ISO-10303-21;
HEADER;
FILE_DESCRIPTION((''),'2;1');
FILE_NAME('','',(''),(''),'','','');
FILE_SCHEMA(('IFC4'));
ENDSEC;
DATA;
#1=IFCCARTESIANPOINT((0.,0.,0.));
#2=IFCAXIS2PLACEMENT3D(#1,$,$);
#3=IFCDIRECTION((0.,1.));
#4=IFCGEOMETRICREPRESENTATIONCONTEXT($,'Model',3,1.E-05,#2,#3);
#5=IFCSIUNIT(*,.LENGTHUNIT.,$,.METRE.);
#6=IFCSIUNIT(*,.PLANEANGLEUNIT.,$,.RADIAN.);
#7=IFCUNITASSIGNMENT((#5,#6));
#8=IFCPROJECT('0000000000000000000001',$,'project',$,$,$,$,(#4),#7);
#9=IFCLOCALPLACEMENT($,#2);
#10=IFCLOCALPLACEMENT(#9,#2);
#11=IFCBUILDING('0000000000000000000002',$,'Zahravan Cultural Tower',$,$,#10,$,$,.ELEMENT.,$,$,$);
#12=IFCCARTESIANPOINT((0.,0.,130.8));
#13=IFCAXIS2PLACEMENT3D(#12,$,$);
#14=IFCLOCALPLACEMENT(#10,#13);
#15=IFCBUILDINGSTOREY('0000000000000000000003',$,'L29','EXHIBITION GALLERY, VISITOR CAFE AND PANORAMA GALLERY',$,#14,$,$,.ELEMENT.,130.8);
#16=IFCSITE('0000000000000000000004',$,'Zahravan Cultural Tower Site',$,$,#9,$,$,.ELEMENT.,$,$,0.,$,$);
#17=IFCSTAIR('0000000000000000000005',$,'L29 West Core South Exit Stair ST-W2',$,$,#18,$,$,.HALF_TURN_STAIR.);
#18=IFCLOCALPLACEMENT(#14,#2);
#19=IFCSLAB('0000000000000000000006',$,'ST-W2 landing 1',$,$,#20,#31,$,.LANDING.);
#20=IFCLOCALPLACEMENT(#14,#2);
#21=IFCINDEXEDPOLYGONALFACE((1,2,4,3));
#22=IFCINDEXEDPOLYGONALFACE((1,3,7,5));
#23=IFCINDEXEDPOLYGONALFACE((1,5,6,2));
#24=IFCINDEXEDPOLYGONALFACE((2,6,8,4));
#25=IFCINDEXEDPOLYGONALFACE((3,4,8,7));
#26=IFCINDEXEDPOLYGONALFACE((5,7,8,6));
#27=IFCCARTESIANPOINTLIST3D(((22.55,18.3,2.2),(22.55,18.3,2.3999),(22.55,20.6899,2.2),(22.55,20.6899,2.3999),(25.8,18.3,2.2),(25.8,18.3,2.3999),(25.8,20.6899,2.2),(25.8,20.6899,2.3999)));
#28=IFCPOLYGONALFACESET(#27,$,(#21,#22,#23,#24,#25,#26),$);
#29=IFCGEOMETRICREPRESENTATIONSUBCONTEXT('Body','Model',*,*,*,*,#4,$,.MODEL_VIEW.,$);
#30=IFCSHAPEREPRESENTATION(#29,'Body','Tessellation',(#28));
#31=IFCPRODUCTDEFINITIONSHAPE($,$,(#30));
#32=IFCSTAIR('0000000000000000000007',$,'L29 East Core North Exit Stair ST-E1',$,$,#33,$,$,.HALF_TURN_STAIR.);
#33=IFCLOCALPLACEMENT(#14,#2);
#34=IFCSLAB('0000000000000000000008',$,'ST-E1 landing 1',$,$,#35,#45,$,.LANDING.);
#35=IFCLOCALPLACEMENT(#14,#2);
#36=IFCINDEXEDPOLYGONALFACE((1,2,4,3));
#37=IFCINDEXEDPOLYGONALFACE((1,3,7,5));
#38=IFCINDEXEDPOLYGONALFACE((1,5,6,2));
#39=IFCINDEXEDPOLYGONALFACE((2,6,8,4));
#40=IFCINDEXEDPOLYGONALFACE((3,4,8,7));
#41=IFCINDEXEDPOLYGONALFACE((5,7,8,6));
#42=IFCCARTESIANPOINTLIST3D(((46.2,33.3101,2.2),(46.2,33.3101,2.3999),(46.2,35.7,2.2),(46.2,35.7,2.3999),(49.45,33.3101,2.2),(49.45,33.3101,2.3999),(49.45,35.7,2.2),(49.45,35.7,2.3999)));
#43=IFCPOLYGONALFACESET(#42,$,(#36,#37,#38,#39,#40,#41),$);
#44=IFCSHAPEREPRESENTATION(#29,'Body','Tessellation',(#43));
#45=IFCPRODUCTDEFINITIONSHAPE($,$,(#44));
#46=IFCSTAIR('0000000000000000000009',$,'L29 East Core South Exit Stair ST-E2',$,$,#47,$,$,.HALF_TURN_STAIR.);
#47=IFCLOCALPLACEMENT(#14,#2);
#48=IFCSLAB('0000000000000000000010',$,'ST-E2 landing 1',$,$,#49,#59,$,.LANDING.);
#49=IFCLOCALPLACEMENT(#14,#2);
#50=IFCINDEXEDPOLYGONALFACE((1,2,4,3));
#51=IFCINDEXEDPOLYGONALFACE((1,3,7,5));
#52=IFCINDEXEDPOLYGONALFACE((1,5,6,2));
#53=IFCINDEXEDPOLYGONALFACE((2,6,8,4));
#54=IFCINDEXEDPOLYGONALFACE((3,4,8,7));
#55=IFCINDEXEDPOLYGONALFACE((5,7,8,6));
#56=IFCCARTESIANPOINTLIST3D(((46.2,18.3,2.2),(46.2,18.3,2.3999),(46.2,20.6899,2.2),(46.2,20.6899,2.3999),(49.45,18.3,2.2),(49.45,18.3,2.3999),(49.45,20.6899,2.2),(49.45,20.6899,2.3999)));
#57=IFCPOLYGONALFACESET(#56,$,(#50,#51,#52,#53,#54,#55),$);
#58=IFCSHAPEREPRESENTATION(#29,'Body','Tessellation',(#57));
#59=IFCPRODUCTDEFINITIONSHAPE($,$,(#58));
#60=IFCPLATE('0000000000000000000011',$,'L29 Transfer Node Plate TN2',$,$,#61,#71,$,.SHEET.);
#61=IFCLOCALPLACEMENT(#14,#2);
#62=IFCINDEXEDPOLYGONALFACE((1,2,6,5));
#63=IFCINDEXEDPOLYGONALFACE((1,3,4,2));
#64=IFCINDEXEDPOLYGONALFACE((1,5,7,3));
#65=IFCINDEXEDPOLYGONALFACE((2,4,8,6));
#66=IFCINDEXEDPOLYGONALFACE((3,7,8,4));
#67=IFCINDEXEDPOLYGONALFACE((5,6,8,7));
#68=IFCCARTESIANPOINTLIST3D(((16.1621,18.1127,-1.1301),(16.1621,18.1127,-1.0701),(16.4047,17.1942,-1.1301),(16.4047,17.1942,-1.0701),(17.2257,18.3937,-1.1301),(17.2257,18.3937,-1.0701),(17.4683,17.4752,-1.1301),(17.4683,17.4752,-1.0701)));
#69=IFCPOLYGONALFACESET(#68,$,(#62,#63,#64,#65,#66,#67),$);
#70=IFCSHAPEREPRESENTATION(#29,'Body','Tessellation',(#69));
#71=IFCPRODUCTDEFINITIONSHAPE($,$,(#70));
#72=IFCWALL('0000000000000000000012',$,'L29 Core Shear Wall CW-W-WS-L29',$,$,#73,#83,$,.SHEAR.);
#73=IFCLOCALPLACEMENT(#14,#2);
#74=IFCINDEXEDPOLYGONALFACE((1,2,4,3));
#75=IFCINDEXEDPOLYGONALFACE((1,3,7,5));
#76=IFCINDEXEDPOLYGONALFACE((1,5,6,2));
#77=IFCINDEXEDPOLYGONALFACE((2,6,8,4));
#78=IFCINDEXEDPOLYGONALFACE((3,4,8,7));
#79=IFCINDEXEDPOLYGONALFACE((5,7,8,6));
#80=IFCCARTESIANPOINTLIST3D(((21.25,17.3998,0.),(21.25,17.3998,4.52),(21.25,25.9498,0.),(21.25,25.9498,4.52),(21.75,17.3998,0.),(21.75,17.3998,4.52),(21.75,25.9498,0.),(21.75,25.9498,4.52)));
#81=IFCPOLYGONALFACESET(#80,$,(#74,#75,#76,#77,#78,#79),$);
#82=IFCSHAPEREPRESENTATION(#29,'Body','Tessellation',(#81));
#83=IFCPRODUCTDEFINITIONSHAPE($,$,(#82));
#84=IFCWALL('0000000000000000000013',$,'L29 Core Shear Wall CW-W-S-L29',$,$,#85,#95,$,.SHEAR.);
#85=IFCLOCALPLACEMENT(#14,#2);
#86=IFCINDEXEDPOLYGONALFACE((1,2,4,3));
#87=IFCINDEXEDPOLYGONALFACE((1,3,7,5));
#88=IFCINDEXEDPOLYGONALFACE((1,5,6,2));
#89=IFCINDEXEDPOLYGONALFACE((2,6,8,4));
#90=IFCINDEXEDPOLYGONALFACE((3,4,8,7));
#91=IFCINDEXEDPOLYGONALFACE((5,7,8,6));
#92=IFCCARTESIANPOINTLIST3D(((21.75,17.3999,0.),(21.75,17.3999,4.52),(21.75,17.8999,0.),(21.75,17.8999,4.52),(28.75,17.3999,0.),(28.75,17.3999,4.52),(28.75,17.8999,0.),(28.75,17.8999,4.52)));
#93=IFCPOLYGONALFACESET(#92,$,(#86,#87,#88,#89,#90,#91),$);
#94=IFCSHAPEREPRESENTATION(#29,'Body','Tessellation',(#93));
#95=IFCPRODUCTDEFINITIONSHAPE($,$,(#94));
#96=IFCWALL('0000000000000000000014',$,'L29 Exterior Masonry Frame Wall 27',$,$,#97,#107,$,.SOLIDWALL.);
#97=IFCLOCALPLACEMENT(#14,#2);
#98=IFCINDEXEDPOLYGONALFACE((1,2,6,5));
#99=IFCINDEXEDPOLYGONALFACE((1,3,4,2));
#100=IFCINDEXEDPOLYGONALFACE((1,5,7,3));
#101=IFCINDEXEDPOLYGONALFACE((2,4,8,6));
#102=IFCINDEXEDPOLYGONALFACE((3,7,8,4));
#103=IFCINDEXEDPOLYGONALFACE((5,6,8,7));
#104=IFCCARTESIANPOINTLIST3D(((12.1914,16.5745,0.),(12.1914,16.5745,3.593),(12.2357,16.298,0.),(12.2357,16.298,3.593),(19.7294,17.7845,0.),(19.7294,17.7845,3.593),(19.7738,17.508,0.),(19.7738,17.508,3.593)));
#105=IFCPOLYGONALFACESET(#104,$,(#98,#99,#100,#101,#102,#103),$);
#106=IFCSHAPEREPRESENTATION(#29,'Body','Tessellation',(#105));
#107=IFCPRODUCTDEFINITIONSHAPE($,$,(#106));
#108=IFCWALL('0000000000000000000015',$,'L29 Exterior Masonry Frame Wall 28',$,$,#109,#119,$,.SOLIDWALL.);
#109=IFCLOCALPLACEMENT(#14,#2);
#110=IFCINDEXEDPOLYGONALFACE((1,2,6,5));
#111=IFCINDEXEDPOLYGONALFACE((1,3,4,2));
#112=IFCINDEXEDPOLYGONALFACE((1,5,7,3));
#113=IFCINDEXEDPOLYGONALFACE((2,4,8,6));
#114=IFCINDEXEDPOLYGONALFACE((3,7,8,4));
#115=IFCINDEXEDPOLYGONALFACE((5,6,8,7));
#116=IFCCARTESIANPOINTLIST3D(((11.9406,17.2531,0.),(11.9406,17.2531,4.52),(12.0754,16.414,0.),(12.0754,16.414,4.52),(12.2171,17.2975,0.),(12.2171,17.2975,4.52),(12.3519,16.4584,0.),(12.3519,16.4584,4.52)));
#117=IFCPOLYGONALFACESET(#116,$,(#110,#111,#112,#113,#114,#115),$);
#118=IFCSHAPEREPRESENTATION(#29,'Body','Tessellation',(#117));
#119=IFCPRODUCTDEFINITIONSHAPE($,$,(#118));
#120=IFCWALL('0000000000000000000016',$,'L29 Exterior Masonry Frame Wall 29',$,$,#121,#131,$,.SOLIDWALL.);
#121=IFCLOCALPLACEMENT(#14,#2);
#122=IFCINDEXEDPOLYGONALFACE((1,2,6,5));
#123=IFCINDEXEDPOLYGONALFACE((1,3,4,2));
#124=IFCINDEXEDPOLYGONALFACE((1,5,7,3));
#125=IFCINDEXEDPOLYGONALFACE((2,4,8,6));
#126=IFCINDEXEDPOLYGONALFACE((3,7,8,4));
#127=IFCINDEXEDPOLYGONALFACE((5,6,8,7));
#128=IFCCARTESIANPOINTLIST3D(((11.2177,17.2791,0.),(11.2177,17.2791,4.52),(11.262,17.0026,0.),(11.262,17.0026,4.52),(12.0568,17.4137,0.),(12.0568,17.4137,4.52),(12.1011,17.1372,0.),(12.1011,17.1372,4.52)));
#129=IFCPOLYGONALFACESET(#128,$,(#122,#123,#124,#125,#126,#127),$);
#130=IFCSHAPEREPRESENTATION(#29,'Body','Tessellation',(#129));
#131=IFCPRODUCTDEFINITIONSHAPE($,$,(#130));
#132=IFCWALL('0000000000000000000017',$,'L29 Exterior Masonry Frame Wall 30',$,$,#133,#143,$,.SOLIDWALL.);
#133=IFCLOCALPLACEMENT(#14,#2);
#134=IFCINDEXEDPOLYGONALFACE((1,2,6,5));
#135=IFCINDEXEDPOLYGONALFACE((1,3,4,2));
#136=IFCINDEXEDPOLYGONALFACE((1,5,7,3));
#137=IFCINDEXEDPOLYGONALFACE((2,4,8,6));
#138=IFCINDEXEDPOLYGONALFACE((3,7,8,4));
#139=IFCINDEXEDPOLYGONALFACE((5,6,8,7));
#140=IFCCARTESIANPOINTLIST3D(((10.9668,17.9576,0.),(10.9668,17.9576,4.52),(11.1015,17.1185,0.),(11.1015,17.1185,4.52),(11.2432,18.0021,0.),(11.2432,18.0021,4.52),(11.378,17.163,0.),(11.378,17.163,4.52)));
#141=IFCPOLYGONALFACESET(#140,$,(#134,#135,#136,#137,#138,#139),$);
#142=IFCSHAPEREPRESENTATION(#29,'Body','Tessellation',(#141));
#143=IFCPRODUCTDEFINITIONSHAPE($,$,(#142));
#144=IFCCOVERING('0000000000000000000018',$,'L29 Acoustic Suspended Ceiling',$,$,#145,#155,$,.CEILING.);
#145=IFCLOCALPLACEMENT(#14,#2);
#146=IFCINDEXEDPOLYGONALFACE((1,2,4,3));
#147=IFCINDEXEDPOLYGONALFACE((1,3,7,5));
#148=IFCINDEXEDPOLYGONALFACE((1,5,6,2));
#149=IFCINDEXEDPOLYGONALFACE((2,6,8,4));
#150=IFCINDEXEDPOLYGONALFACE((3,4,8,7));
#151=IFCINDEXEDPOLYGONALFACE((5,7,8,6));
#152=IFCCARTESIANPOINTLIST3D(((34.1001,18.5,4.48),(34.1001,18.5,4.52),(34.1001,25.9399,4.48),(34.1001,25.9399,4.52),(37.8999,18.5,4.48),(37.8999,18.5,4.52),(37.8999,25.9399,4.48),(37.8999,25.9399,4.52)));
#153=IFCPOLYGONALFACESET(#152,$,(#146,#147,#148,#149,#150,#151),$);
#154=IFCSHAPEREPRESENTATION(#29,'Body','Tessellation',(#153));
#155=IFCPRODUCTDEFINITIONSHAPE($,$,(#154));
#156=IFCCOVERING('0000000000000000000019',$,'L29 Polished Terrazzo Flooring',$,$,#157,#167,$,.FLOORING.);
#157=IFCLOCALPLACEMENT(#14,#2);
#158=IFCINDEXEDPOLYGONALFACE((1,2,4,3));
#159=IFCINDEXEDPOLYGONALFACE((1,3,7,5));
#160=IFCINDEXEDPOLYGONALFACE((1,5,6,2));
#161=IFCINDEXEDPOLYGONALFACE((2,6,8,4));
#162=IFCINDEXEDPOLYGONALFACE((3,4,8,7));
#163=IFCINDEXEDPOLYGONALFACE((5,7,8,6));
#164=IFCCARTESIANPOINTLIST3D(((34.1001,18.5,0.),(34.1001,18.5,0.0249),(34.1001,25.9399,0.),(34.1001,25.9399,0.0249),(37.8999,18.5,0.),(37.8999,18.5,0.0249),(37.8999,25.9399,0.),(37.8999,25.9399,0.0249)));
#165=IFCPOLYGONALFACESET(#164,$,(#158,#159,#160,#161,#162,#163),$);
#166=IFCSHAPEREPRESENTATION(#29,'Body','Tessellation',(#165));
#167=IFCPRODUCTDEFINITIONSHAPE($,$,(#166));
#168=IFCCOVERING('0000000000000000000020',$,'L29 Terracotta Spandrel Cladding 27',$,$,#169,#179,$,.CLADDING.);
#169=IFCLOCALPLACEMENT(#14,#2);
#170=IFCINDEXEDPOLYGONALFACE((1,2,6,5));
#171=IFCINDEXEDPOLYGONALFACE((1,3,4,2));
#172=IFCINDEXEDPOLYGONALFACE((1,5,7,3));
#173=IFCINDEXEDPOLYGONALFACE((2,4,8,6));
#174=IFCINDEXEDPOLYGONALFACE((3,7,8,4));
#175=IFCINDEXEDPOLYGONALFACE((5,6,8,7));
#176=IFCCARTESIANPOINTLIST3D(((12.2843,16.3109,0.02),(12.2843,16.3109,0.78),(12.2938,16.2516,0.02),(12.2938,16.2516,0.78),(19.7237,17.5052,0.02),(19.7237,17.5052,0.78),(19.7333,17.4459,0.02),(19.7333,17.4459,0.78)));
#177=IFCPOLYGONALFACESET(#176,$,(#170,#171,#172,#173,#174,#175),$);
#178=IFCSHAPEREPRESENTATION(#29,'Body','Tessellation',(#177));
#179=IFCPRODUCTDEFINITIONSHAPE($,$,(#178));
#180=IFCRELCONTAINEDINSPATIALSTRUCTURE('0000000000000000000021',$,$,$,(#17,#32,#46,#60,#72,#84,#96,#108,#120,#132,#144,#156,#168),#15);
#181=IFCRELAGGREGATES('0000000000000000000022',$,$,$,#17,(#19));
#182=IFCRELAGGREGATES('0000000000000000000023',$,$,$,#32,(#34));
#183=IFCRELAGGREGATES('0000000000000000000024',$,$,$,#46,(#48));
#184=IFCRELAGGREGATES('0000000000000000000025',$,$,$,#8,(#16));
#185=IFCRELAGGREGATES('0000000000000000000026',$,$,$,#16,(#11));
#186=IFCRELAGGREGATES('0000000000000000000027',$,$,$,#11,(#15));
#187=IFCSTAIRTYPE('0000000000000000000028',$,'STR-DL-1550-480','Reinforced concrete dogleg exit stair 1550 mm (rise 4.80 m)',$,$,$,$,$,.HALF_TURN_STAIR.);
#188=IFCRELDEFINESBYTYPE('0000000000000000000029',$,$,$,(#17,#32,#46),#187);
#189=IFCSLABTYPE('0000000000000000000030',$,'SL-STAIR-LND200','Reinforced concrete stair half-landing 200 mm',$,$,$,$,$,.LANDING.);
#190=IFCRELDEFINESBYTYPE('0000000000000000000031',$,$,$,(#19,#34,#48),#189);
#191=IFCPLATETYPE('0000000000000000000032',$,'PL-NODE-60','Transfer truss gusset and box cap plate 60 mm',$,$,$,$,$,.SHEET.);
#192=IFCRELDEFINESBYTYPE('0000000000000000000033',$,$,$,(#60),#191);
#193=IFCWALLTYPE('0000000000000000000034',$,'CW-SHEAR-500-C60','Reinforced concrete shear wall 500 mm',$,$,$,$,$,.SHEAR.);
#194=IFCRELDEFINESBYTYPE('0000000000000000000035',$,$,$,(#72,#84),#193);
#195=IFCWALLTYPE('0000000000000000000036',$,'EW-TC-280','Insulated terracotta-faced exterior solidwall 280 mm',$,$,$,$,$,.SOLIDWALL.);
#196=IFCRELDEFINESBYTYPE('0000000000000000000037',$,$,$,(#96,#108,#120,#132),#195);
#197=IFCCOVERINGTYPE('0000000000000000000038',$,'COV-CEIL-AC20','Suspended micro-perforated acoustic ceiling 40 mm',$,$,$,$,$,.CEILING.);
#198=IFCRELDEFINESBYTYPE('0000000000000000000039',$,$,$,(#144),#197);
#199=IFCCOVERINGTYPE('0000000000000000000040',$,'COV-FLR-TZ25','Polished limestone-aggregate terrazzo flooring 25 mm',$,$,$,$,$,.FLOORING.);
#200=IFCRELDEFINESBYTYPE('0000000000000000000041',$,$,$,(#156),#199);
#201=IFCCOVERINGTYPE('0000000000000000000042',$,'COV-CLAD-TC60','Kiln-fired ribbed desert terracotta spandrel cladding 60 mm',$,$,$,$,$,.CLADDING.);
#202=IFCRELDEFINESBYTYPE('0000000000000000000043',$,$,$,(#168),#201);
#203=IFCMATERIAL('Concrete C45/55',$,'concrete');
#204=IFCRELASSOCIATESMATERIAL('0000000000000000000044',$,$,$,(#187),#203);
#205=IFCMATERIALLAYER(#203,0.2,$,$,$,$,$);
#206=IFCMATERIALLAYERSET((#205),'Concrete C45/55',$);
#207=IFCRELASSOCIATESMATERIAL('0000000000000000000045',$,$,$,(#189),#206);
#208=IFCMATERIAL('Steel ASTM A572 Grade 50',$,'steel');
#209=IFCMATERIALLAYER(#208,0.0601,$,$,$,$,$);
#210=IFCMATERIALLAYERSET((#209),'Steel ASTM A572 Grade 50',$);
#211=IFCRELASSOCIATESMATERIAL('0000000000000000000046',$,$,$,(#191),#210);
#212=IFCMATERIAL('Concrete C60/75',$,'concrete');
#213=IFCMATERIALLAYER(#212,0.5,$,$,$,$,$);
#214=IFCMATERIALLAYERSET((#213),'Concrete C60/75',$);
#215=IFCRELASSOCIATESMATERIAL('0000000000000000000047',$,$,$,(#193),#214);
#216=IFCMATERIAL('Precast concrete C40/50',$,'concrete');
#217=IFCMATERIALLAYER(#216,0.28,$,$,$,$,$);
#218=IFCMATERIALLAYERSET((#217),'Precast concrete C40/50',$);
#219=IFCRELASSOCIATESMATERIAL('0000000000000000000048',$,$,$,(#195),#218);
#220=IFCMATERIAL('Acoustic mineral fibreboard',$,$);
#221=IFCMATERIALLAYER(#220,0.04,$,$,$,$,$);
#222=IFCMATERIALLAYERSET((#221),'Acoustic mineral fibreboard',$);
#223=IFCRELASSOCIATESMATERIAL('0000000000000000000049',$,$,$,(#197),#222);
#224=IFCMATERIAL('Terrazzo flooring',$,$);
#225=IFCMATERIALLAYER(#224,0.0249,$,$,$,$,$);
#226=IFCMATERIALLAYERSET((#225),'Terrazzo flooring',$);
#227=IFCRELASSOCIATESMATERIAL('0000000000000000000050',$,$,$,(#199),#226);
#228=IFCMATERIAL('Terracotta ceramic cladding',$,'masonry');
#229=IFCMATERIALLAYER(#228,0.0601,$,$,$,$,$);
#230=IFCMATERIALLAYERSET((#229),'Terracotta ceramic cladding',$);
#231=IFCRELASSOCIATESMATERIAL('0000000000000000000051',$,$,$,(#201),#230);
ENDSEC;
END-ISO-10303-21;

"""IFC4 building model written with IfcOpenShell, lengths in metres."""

from ifc_helpers import new_model, si_unit, direction, frame, frame_2d, origin, origin_2d, place, context, subcontext, project, spatial, polyline, rectangle, outline, extrude, source, transform, mapped, material, layer, layer_set, type_object, element, aggregate, save


model = new_model("IFC4")

# Units and contexts
model_context = context("Model", 3, precision=1e-05, world=origin(), true_north=direction((0.0, 1.0)))
body_context = subcontext(model_context, "Body", "Model", "MODEL_VIEW")
ifc_project = project(units=[si_unit("LENGTHUNIT", "METRE"), si_unit("PLANEANGLEUNIT", "RADIAN")], contexts=[model_context])

# Site, building, storey
site_placement = place(None, origin())
site = spatial("IfcSite", under=ifc_project, at=site_placement, Name="Zahravan Cultural Tower Site", CompositionType="ELEMENT", RefElevation=0.0)
building_placement = place(site_placement, origin())
building = spatial("IfcBuilding", under=site, at=building_placement, Name="Zahravan Cultural Tower", CompositionType="ELEMENT")
storey_placement = place(building_placement, frame((0.0, 0.0, 130.8)))
storey = spatial("IfcBuildingStorey", under=building, at=storey_placement, Name="L29", Description="EXHIBITION GALLERY, VISITOR CAFE AND PANORAMA GALLERY", CompositionType="ELEMENT", Elevation=130.8)

# Shared definitions
ifc_material_1 = material(Name="Steel ASTM A572 Grade 50", Category="steel")

# Shared definitions
ifc_material_2 = material(Name="Concrete C45/55", Category="concrete")

# Stairs, slabs
stair_type = type_object("IfcStairType", Name="STR-DL-1550-480", Description="Reinforced concrete dogleg exit stair 1550 mm (rise 4.80 m)", PredefinedType="HALF_TURN_STAIR", material=ifc_material_2)
ifc_layer_1 = layer(ifc_material_2, 0.2)
ifc_layer_set_1 = layer_set([ifc_layer_1], Name="Concrete C45/55")
slab_type_1 = type_object("IfcSlabType", Name="SL-STAIR-LND200", Description="Reinforced concrete stair half-landing 200 mm", PredefinedType="LANDING", material=ifc_layer_set_1)
stair_1_placement = place(storey_placement, origin())
stair_1 = element("IfcStair", 1, at=stair_1_placement, inside=storey, type_object=stair_type, Name="L29 West Core South Exit Stair ST-W2", PredefinedType="HALF_TURN_STAIR")
slab_1_placement = place(storey_placement, frame((0.0, 0.0, 2.2)))
slab_1 = element("IfcSlab", 2, at=slab_1_placement, type_object=slab_type_1, Name="ST-W2 landing 1", PredefinedType="LANDING", context=body_context, shape_type="SweptSolid", body=[
    extrude(outline(polyline([(22.55, 20.6899), (22.55, 18.3), (25.8, 18.3), (25.8, 20.6899), (22.55, 20.6899)])), origin(), (0.0, 0.0, 1.0), 0.2),
])
aggregate(stair_1, [slab_1])
stair_2_placement = place(storey_placement, origin())
stair_2 = element("IfcStair", 3, at=stair_2_placement, inside=storey, type_object=stair_type, Name="L29 East Core North Exit Stair ST-E1", PredefinedType="HALF_TURN_STAIR")
slab_2_placement = place(storey_placement, frame((0.0, 0.0, 2.2)))
slab_2 = element("IfcSlab", 4, at=slab_2_placement, type_object=slab_type_1, Name="ST-E1 landing 1", PredefinedType="LANDING", context=body_context, shape_type="SweptSolid", body=[
    extrude(outline(polyline([(49.45, 33.3101), (49.45, 35.7), (46.2, 35.7), (46.2, 33.3101), (49.45, 33.3101)])), origin(), (0.0, 0.0, 1.0), 0.2),
])
aggregate(stair_2, [slab_2])
stair_3_placement = place(storey_placement, origin())
stair_3 = element("IfcStair", 5, at=stair_3_placement, inside=storey, type_object=stair_type, Name="L29 East Core South Exit Stair ST-E2", PredefinedType="HALF_TURN_STAIR")
slab_3_placement = place(storey_placement, frame((0.0, 0.0, 2.2)))
slab_3 = element("IfcSlab", 6, at=slab_3_placement, type_object=slab_type_1, Name="ST-E2 landing 1", PredefinedType="LANDING", context=body_context, shape_type="SweptSolid", body=[
    extrude(outline(polyline([(46.2, 20.6899), (46.2, 18.3), (49.45, 18.3), (49.45, 20.6899), (46.2, 20.6899)])), origin(), (0.0, 0.0, 1.0), 0.2),
])
aggregate(stair_3, [slab_3])

# Plate
ifc_layer_2 = layer(ifc_material_1, 0.0601)
ifc_layer_set_2 = layer_set([ifc_layer_2], Name="Steel ASTM A572 Grade 50")
plate_type = type_object("IfcPlateType", Name="PL-NODE-60", Description="Transfer truss gusset and box cap plate 60 mm", PredefinedType="SHEET", material=ifc_layer_set_2)
shared_shape_1 = source(origin(), body_context, "Body", "SweptSolid", [
    extrude(rectangle(XDim=1.1001, YDim=0.95, at=origin_2d()), origin(), (0.0, 0.0, 1.0), 0.0601),
])
plate_placement = place(storey_placement, frame((16.8152, 17.7939, -1.1301), z_axis=(0.0, 0.0, 1.0), x_axis=(0.966823, 0.255446, 0.0)))
element("IfcPlate", 7, at=plate_placement, inside=storey, type_object=plate_type, Name="L29 Transfer Node Plate TN2", PredefinedType="SHEET", context=body_context, shape_type="MappedRepresentation", body=[
    mapped(shared_shape_1, transform((0.0, 0.0, 0.0), x_axis=(1.0, 0.0, 0.0), y_axis=(0.0, 1.0, 0.0), z_axis=(0.0, 0.0, 1.0), scale=1.0)),
])

# Walls
ifc_material_3 = material(Name="Concrete C60/75", Category="concrete")
ifc_layer_3 = layer(ifc_material_3, 0.5)
ifc_layer_set_3 = layer_set([ifc_layer_3], Name="Concrete C60/75")
wall_type_1 = type_object("IfcWallType", Name="CW-SHEAR-500-C60", Description="Reinforced concrete shear wall 500 mm", PredefinedType="SHEAR", material=ifc_layer_set_3)
shared_shape_2 = source(origin(), body_context, "Body", "SweptSolid", [
    extrude(rectangle(XDim=8.55, YDim=0.5, at=frame_2d((4.2749, 0.0))), origin(), (0.0, 0.0, 1.0), 4.52),
])
wall_1_placement = place(storey_placement, frame((21.5, 17.3999, 0.0), z_axis=(0.0, 0.0, 1.0), x_axis=(0.0, 1.0, 0.0)))
element("IfcWall", 8, at=wall_1_placement, inside=storey, type_object=wall_type_1, Name="L29 Core Shear Wall CW-W-WS-L29", PredefinedType="SHEAR", context=body_context, shape_type="MappedRepresentation", body=[
    mapped(shared_shape_2, transform((0.0, 0.0, 0.0), x_axis=(1.0, 0.0, 0.0), y_axis=(0.0, 1.0, 0.0), z_axis=(0.0, 0.0, 1.0), scale=1.0)),
])
shared_shape_3 = source(origin(), body_context, "Body", "SweptSolid", [
    extrude(rectangle(XDim=7.0, YDim=0.5, at=frame_2d((3.5, 0.0))), origin(), (0.0, 0.0, 1.0), 4.52),
])
wall_2_placement = place(storey_placement, frame((21.75, 17.6499, 0.0), z_axis=(0.0, 0.0, 1.0), x_axis=(1.0, 0.0, 0.0)))
element("IfcWall", 9, at=wall_2_placement, inside=storey, type_object=wall_type_1, Name="L29 Core Shear Wall CW-W-S-L29", PredefinedType="SHEAR", context=body_context, shape_type="MappedRepresentation", body=[
    mapped(shared_shape_3, transform((0.0, 0.0, 0.0), x_axis=(1.0, 0.0, 0.0), y_axis=(0.0, 1.0, 0.0), z_axis=(0.0, 0.0, 1.0), scale=1.0)),
])
ifc_material_4 = material(Name="Precast concrete C40/50", Category="concrete")
ifc_layer_4 = layer(ifc_material_4, 0.28)
ifc_layer_set_4 = layer_set([ifc_layer_4], Name="Precast concrete C40/50")
wall_type_2 = type_object("IfcWallType", Name="EW-TC-280", Description="Insulated terracotta-faced exterior solidwall 280 mm", PredefinedType="SOLIDWALL", material=ifc_layer_set_4)
shared_shape_4 = source(origin(), body_context, "Body", "SweptSolid", [
    extrude(rectangle(XDim=7.6345, YDim=0.28, at=frame_2d((3.8174, 0.0))), origin(), (0.0, 0.0, 1.0), 3.593),
])
wall_3_placement = place(storey_placement, frame((19.7517, 17.6462, 0.0), z_axis=(0.0, 0.0, 1.0), x_axis=(-0.987361, -0.158484, 0.0)))
element("IfcWall", 10, at=wall_3_placement, inside=storey, type_object=wall_type_2, Name="L29 Exterior Masonry Frame Wall 27", PredefinedType="SOLIDWALL", context=body_context, shape_type="MappedRepresentation", body=[
    mapped(shared_shape_4, transform((0.0, 0.0, 0.0), x_axis=(1.0, 0.0, 0.0), y_axis=(0.0, 1.0, 0.0), z_axis=(0.0, 0.0, 1.0), scale=1.0)),
])
shared_shape_5 = source(origin(), body_context, "Body", "SweptSolid", [
    extrude(rectangle(XDim=0.8499, YDim=0.28, at=frame_2d((0.4248, 0.0))), origin(), (0.0, 0.0, 1.0), 4.52),
])
for number, where, z_axis, x_axis, name in (
    (11, (12.2136, 16.4363, 0.0), (0.0, 0.0, 1.0), (-0.158573, 0.987347, 0.0), "L29 Exterior Masonry Frame Wall 28"),
    (12, (12.0789, 17.2754, 0.0), (0.0, 0.0, 1.0), (-0.987392, -0.158293, 0.0), "L29 Exterior Masonry Frame Wall 29"),
    (13, (11.2397, 17.1409, 0.0), (0.0, 0.0, 1.0), (-0.158573, 0.987347, 0.0), "L29 Exterior Masonry Frame Wall 30"),
):
    element("IfcWall", number, at=place(storey_placement, frame(where, z_axis=z_axis, x_axis=x_axis)), inside=storey, type_object=wall_type_2, Name=name, PredefinedType="SOLIDWALL", context=body_context, shape_type="MappedRepresentation", body=[
        mapped(shared_shape_5, transform((0.0, 0.0, 0.0), x_axis=(1.0, 0.0, 0.0), y_axis=(0.0, 1.0, 0.0), z_axis=(0.0, 0.0, 1.0), scale=1.0)),
    ])

# Coverings
ifc_material_5 = material(Name="Acoustic mineral fibreboard")
ifc_layer_5 = layer(ifc_material_5, 0.04)
ifc_layer_set_5 = layer_set([ifc_layer_5], Name="Acoustic mineral fibreboard")
covering_type_1 = type_object("IfcCoveringType", Name="COV-CEIL-AC20", Description="Suspended micro-perforated acoustic ceiling 40 mm", PredefinedType="CEILING", material=ifc_layer_set_5)
covering_1_placement = place(storey_placement, frame((0.0, 0.0, 4.48)))
element("IfcCovering", 14, at=covering_1_placement, inside=storey, type_object=covering_type_1, Name="L29 Acoustic Suspended Ceiling", PredefinedType="CEILING", context=body_context, shape_type="SweptSolid", body=[
    extrude(outline(polyline([(37.8999, 25.9399), (34.1001, 25.9399), (34.1001, 18.5), (37.8999, 18.5), (37.8999, 25.9399)])), origin(), (0.0, 0.0, 1.0), 0.04),
])
ifc_material_6 = material(Name="Terrazzo flooring")
ifc_layer_6 = layer(ifc_material_6, 0.0249)
ifc_layer_set_6 = layer_set([ifc_layer_6], Name="Terrazzo flooring")
covering_type_2 = type_object("IfcCoveringType", Name="COV-FLR-TZ25", Description="Polished limestone-aggregate terrazzo flooring 25 mm", PredefinedType="FLOORING", material=ifc_layer_set_6)
covering_2_placement = place(storey_placement, origin())
element("IfcCovering", 15, at=covering_2_placement, inside=storey, type_object=covering_type_2, Name="L29 Polished Terrazzo Flooring", PredefinedType="FLOORING", context=body_context, shape_type="SweptSolid", body=[
    extrude(outline(polyline([(37.8999, 25.9399), (34.1001, 25.9399), (34.1001, 18.5), (37.8999, 18.5), (37.8999, 25.9399)])), origin(), (0.0, 0.0, 1.0), 0.0249),
])
ifc_material_7 = material(Name="Terracotta ceramic cladding", Category="masonry")
ifc_layer_7 = layer(ifc_material_7, 0.0601)
ifc_layer_set_7 = layer_set([ifc_layer_7], Name="Terracotta ceramic cladding")
covering_type_3 = type_object("IfcCoveringType", Name="COV-CLAD-TC60", Description="Kiln-fired ribbed desert terracotta spandrel cladding 60 mm", PredefinedType="CLADDING", material=ifc_layer_set_7)
shared_shape_6 = source(origin(), body_context, "Body", "SweptSolid", [
    extrude(rectangle(XDim=7.5347, YDim=0.0601, at=origin_2d()), origin(), (0.0, 0.0, 1.0), 0.76),
])
covering_3_placement = place(storey_placement, frame((16.0088, 16.8784, 0.02), z_axis=(0.0, 0.0, 1.0), x_axis=(-0.987359, -0.158503, 0.0)))
element("IfcCovering", 16, at=covering_3_placement, inside=storey, type_object=covering_type_3, Name="L29 Terracotta Spandrel Cladding 27", PredefinedType="CLADDING", context=body_context, shape_type="MappedRepresentation", body=[
    mapped(shared_shape_6, transform((0.0, 0.0, 0.0), x_axis=(1.0, 0.0, 0.0), y_axis=(0.0, 1.0, 0.0), z_axis=(0.0, 0.0, 1.0), scale=1.0)),
])

save(model, "model.ifc")
